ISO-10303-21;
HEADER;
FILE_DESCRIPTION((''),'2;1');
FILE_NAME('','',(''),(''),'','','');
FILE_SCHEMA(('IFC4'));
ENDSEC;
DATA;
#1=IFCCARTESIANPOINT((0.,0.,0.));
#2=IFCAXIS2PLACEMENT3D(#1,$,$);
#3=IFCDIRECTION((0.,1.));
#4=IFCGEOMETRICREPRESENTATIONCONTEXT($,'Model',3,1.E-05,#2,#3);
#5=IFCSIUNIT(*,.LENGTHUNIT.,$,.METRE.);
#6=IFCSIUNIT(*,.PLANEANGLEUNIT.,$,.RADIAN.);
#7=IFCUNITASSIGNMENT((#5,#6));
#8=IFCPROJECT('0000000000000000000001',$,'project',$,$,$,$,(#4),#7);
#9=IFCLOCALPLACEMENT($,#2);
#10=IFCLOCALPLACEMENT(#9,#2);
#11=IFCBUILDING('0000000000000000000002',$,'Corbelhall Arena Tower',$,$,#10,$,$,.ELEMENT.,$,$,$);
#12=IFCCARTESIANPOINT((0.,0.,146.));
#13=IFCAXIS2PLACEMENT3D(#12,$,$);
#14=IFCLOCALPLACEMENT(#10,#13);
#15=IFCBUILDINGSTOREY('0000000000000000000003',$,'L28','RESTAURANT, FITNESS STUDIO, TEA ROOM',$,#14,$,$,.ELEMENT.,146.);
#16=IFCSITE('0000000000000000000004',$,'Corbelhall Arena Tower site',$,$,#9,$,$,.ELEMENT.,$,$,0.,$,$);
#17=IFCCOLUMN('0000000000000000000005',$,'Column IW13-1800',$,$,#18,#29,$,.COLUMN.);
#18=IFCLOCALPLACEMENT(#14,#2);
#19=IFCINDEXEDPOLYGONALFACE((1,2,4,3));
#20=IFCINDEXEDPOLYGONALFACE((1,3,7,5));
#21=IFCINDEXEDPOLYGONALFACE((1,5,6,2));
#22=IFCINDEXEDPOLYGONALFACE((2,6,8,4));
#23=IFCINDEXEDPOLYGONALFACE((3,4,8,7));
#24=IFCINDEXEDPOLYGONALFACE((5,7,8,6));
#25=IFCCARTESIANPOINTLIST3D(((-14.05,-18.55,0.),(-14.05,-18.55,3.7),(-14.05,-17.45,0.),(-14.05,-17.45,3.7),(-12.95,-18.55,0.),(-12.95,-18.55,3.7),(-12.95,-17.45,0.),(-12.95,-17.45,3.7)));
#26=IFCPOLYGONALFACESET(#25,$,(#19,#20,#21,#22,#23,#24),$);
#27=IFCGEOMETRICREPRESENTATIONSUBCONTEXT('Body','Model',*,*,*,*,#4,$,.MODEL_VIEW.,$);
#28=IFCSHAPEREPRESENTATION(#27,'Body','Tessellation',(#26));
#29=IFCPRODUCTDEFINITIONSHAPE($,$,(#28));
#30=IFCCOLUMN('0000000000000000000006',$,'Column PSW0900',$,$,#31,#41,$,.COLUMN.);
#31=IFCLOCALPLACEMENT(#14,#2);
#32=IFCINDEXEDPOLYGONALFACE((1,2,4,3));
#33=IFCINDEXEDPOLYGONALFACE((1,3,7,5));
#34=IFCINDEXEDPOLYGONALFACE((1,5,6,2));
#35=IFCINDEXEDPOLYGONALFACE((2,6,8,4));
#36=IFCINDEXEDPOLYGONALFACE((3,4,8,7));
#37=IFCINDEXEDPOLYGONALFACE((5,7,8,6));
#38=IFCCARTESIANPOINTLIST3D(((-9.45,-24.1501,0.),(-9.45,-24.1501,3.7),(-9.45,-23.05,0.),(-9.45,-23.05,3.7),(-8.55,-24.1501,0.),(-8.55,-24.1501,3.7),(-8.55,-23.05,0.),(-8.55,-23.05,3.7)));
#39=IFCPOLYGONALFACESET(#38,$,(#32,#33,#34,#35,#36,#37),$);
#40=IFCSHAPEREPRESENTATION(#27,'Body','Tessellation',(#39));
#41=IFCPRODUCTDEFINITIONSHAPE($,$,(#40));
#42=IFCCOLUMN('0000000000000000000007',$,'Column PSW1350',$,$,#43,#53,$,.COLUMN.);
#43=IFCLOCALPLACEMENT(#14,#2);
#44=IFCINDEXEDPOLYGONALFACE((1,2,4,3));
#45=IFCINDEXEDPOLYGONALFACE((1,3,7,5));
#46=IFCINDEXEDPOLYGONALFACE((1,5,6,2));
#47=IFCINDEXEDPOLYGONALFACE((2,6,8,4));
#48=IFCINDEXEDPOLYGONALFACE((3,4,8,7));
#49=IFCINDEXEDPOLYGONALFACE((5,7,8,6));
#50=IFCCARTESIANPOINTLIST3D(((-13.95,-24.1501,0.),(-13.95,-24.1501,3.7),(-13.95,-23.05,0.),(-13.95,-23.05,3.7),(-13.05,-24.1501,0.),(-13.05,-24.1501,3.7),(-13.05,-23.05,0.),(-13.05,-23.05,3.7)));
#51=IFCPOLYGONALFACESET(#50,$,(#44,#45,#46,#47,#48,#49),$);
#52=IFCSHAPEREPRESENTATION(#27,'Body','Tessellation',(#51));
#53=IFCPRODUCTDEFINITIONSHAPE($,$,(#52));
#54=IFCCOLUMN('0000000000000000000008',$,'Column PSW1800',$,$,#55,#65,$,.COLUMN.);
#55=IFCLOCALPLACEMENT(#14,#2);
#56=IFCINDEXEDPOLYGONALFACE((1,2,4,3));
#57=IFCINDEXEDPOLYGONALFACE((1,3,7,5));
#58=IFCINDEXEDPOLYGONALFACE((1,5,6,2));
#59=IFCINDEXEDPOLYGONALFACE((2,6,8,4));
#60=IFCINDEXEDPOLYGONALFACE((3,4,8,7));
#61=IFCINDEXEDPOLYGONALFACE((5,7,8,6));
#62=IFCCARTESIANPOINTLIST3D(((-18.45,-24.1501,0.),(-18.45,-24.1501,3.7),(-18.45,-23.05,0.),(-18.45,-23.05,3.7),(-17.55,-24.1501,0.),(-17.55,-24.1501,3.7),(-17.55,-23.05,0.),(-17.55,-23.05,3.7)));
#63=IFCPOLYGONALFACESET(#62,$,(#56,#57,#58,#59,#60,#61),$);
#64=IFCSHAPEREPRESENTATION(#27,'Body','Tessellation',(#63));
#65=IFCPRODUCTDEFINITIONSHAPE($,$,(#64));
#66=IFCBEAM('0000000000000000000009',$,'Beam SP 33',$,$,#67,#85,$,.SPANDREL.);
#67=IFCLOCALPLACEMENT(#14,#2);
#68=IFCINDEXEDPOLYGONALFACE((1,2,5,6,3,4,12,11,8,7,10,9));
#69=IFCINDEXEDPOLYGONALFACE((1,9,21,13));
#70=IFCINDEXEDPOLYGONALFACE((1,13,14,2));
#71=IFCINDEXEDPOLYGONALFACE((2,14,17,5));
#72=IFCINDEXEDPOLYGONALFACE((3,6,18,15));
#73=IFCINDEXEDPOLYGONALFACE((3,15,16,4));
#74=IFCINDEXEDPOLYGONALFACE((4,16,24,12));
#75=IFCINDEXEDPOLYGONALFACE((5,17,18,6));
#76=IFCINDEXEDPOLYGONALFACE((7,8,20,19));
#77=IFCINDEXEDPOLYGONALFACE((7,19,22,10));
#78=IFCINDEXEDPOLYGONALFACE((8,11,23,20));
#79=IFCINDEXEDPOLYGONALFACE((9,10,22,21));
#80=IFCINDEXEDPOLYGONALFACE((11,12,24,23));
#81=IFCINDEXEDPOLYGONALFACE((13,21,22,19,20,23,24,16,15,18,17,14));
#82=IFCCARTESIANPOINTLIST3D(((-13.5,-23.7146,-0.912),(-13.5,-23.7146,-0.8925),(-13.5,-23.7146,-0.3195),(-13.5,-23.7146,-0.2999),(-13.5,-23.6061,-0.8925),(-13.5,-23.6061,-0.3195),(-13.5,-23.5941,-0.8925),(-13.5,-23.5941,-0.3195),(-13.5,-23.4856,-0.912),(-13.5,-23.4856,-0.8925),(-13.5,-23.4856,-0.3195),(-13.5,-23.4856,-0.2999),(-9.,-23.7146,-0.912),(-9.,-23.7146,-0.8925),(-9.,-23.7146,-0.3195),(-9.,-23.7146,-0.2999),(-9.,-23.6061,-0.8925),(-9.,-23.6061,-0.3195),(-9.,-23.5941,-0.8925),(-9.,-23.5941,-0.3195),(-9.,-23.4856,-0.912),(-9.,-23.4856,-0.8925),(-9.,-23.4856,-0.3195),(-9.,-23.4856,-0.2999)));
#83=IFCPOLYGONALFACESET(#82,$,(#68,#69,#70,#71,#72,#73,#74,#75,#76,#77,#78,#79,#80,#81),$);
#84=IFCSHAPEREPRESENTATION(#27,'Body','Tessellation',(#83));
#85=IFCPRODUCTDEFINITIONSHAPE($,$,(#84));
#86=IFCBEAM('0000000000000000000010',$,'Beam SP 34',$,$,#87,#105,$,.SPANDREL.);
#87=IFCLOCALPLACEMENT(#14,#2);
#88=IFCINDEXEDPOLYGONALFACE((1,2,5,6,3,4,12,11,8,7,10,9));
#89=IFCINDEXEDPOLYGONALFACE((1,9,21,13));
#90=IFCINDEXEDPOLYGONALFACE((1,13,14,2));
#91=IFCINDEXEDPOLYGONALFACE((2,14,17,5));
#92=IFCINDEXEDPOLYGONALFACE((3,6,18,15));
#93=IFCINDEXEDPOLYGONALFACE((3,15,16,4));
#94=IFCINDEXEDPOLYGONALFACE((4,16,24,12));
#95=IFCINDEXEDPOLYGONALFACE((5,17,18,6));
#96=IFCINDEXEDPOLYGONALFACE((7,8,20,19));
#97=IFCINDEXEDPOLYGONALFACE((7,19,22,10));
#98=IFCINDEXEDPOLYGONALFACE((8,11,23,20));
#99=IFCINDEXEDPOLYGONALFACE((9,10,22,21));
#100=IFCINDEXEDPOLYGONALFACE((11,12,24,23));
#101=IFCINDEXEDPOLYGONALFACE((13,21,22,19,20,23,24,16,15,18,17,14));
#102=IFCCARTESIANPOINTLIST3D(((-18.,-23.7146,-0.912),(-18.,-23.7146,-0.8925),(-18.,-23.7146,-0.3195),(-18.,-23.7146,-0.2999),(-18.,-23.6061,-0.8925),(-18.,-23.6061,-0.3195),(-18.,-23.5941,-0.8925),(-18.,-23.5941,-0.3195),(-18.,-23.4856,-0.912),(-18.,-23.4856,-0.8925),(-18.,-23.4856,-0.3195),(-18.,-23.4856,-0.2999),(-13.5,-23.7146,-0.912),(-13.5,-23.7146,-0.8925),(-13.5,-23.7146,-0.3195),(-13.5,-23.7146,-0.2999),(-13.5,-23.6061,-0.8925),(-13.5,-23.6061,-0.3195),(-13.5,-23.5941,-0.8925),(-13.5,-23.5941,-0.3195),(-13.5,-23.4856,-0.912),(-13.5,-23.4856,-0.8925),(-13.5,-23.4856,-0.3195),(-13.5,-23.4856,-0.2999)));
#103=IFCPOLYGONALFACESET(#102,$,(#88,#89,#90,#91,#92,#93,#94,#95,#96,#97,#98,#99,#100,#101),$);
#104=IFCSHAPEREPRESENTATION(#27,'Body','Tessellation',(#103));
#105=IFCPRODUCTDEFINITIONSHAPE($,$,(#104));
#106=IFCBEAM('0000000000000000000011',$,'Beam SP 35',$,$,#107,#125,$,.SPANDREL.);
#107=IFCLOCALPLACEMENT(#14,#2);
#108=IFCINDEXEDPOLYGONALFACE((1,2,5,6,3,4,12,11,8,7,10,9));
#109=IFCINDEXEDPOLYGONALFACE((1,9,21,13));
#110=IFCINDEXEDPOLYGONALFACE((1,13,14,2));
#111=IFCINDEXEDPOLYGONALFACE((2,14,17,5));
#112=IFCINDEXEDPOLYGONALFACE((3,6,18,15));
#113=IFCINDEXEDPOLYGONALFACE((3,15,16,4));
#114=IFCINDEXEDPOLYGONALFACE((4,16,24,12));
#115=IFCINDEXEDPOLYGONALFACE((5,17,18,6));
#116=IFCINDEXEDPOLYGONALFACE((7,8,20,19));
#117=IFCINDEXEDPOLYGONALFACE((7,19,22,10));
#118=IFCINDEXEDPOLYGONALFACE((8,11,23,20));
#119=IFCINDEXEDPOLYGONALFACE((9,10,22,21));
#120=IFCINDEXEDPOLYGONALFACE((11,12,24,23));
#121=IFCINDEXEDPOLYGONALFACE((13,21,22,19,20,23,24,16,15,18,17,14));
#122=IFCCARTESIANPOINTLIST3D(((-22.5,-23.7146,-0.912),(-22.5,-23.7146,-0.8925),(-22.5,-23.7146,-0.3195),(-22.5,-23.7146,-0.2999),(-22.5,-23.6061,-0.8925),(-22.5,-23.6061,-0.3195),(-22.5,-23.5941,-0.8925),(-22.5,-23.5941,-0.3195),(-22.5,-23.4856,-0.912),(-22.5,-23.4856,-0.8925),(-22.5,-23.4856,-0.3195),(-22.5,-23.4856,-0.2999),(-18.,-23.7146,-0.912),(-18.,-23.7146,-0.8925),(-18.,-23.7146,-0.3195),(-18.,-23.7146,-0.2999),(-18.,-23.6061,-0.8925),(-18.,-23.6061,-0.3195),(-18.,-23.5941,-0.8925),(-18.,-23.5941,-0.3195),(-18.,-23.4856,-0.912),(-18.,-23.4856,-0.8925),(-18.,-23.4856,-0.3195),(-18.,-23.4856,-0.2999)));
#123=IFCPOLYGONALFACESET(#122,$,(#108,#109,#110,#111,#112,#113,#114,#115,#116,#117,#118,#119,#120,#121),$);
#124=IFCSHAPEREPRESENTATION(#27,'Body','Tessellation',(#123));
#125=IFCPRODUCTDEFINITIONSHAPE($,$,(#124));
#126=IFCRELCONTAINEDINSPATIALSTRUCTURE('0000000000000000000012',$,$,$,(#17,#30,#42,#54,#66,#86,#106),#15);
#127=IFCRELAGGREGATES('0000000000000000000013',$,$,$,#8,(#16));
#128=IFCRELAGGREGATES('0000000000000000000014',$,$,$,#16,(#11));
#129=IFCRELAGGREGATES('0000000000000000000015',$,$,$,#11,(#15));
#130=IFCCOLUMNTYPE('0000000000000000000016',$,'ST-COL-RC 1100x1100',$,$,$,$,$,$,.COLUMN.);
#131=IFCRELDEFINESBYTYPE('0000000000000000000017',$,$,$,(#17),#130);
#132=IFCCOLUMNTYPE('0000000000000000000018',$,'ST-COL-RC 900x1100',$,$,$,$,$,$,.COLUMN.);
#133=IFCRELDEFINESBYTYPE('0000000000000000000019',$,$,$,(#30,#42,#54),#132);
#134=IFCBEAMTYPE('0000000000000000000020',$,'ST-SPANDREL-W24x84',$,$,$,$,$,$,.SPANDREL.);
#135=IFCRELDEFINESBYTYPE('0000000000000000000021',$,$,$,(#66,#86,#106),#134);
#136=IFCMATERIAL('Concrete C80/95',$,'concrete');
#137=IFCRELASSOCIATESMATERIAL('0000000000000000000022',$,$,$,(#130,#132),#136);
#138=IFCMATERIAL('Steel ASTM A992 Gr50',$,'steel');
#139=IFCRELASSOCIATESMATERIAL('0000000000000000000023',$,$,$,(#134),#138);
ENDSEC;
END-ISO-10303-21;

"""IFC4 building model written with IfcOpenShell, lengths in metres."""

from ifc_helpers import new_model, si_unit, direction, frame, origin, origin_2d, place, context, subcontext, project, spatial, rectangle, i_section, extrude, material, material_profile, profile_set, type_object, element, save


model = new_model("IFC4")

# Units and contexts
model_context = context("Model", 3, precision=1e-05, world=origin(), true_north=direction((0.0, 1.0)))
body_context = subcontext(model_context, "Body", "Model", "MODEL_VIEW")
ifc_project = project(units=[si_unit("LENGTHUNIT", "METRE"), si_unit("PLANEANGLEUNIT", "RADIAN")], contexts=[model_context])

# Site, building, storey
site_placement = place(None, origin())
site = spatial("IfcSite", under=ifc_project, at=site_placement, Name="Corbelhall Arena Tower site", CompositionType="ELEMENT", RefElevation=0.0)
building_placement = place(site_placement, origin())
building = spatial("IfcBuilding", under=site, at=building_placement, Name="Corbelhall Arena Tower", CompositionType="ELEMENT")
storey_placement = place(building_placement, frame((0.0, 0.0, 146.0)))
storey = spatial("IfcBuildingStorey", under=building, at=storey_placement, Name="L28", Description="RESTAURANT, FITNESS STUDIO, TEA ROOM", CompositionType="ELEMENT", Elevation=146.0)

# Columns
ifc_material_1 = material(Name="Concrete C80/95", Category="concrete")
ifc_material_profile_1 = material_profile(ifc_material_1, rectangle(XDim=1.1001, YDim=1.1001, at=origin_2d()))
ifc_profile_set_1 = profile_set([ifc_material_profile_1], Name="Concrete C80/95")
column_type_1 = type_object("IfcColumnType", Name="ST-COL-RC 1100x1100", PredefinedType="COLUMN", material=ifc_profile_set_1)
column_placement = place(storey_placement, frame((-13.5, -18.0, 0.0), z_axis=(0.0, 0.0, 1.0), x_axis=(1.0, 0.0, 0.0)))
element("IfcColumn", 1, at=column_placement, inside=storey, type_object=column_type_1, Name="Column IW13-1800", PredefinedType="COLUMN", context=body_context, shape_type="SweptSolid", body=[
    extrude(rectangle(XDim=1.1001, YDim=1.1001, at=origin_2d()), origin(), (0.0, 0.0, 1.0), 3.7),
])
ifc_material_profile_2 = material_profile(ifc_material_1, rectangle(XDim=0.8999, YDim=1.1001, at=origin_2d()))
ifc_profile_set_2 = profile_set([ifc_material_profile_2], Name="Concrete C80/95")
column_type_2 = type_object("IfcColumnType", Name="ST-COL-RC 900x1100", PredefinedType="COLUMN", material=ifc_profile_set_2)
for number, where, z_axis, x_axis, name in (
    (2, (-9.0, -23.6001, 0.0), (0.0, 0.0, 1.0), (1.0, 0.0, 0.0), "Column PSW0900"),
    (3, (-13.5, -23.6001, 0.0), (0.0, 0.0, 1.0), (1.0, 0.0, 0.0), "Column PSW1350"),
    (4, (-18.0, -23.6001, 0.0), (0.0, 0.0, 1.0), (1.0, 0.0, 0.0), "Column PSW1800"),
):
    element("IfcColumn", number, at=place(storey_placement, frame(where, z_axis=z_axis, x_axis=x_axis)), inside=storey, type_object=column_type_2, Name=name, PredefinedType="COLUMN", context=body_context, shape_type="SweptSolid", body=[
        extrude(rectangle(XDim=0.8999, YDim=1.1001, at=origin_2d()), origin(), (0.0, 0.0, 1.0), 3.7),
    ])

# Beams
ifc_material_2 = material(Name="Steel ASTM A992 Gr50", Category="steel")
ifc_material_profile_3 = material_profile(ifc_material_2, i_section(OverallWidth=0.229, OverallDepth=0.6121, WebThickness=0.012, FlangeThickness=0.0195, at=origin_2d()))
ifc_profile_set_3 = profile_set([ifc_material_profile_3], Name="Steel ASTM A992 Gr50")
beam_type = type_object("IfcBeamType", Name="ST-SPANDREL-W24x84", PredefinedType="SPANDREL", material=ifc_profile_set_3)
for number, where, z_axis, x_axis, name in (
    (5, (-9.0, -23.6001, -0.606), (-1.0, 0.0, 0.0), (0.0, -1.0, 0.0), "Beam SP 33"),
    (6, (-13.5, -23.6001, -0.606), (-1.0, 0.0, 0.0), (0.0, -1.0, 0.0), "Beam SP 34"),
    (7, (-18.0, -23.6001, -0.606), (-1.0, 0.0, 0.0), (0.0, -1.0, 0.0), "Beam SP 35"),
):
    element("IfcBeam", number, at=place(storey_placement, frame(where, z_axis=z_axis, x_axis=x_axis)), inside=storey, type_object=beam_type, Name=name, PredefinedType="SPANDREL", context=body_context, shape_type="SweptSolid", body=[
        extrude(i_section(OverallWidth=0.229, OverallDepth=0.6121, WebThickness=0.012, FlangeThickness=0.0195, at=origin_2d()), origin(), (0.0, 0.0, 1.0), 4.5),
    ])

save(model, "model.ifc")
